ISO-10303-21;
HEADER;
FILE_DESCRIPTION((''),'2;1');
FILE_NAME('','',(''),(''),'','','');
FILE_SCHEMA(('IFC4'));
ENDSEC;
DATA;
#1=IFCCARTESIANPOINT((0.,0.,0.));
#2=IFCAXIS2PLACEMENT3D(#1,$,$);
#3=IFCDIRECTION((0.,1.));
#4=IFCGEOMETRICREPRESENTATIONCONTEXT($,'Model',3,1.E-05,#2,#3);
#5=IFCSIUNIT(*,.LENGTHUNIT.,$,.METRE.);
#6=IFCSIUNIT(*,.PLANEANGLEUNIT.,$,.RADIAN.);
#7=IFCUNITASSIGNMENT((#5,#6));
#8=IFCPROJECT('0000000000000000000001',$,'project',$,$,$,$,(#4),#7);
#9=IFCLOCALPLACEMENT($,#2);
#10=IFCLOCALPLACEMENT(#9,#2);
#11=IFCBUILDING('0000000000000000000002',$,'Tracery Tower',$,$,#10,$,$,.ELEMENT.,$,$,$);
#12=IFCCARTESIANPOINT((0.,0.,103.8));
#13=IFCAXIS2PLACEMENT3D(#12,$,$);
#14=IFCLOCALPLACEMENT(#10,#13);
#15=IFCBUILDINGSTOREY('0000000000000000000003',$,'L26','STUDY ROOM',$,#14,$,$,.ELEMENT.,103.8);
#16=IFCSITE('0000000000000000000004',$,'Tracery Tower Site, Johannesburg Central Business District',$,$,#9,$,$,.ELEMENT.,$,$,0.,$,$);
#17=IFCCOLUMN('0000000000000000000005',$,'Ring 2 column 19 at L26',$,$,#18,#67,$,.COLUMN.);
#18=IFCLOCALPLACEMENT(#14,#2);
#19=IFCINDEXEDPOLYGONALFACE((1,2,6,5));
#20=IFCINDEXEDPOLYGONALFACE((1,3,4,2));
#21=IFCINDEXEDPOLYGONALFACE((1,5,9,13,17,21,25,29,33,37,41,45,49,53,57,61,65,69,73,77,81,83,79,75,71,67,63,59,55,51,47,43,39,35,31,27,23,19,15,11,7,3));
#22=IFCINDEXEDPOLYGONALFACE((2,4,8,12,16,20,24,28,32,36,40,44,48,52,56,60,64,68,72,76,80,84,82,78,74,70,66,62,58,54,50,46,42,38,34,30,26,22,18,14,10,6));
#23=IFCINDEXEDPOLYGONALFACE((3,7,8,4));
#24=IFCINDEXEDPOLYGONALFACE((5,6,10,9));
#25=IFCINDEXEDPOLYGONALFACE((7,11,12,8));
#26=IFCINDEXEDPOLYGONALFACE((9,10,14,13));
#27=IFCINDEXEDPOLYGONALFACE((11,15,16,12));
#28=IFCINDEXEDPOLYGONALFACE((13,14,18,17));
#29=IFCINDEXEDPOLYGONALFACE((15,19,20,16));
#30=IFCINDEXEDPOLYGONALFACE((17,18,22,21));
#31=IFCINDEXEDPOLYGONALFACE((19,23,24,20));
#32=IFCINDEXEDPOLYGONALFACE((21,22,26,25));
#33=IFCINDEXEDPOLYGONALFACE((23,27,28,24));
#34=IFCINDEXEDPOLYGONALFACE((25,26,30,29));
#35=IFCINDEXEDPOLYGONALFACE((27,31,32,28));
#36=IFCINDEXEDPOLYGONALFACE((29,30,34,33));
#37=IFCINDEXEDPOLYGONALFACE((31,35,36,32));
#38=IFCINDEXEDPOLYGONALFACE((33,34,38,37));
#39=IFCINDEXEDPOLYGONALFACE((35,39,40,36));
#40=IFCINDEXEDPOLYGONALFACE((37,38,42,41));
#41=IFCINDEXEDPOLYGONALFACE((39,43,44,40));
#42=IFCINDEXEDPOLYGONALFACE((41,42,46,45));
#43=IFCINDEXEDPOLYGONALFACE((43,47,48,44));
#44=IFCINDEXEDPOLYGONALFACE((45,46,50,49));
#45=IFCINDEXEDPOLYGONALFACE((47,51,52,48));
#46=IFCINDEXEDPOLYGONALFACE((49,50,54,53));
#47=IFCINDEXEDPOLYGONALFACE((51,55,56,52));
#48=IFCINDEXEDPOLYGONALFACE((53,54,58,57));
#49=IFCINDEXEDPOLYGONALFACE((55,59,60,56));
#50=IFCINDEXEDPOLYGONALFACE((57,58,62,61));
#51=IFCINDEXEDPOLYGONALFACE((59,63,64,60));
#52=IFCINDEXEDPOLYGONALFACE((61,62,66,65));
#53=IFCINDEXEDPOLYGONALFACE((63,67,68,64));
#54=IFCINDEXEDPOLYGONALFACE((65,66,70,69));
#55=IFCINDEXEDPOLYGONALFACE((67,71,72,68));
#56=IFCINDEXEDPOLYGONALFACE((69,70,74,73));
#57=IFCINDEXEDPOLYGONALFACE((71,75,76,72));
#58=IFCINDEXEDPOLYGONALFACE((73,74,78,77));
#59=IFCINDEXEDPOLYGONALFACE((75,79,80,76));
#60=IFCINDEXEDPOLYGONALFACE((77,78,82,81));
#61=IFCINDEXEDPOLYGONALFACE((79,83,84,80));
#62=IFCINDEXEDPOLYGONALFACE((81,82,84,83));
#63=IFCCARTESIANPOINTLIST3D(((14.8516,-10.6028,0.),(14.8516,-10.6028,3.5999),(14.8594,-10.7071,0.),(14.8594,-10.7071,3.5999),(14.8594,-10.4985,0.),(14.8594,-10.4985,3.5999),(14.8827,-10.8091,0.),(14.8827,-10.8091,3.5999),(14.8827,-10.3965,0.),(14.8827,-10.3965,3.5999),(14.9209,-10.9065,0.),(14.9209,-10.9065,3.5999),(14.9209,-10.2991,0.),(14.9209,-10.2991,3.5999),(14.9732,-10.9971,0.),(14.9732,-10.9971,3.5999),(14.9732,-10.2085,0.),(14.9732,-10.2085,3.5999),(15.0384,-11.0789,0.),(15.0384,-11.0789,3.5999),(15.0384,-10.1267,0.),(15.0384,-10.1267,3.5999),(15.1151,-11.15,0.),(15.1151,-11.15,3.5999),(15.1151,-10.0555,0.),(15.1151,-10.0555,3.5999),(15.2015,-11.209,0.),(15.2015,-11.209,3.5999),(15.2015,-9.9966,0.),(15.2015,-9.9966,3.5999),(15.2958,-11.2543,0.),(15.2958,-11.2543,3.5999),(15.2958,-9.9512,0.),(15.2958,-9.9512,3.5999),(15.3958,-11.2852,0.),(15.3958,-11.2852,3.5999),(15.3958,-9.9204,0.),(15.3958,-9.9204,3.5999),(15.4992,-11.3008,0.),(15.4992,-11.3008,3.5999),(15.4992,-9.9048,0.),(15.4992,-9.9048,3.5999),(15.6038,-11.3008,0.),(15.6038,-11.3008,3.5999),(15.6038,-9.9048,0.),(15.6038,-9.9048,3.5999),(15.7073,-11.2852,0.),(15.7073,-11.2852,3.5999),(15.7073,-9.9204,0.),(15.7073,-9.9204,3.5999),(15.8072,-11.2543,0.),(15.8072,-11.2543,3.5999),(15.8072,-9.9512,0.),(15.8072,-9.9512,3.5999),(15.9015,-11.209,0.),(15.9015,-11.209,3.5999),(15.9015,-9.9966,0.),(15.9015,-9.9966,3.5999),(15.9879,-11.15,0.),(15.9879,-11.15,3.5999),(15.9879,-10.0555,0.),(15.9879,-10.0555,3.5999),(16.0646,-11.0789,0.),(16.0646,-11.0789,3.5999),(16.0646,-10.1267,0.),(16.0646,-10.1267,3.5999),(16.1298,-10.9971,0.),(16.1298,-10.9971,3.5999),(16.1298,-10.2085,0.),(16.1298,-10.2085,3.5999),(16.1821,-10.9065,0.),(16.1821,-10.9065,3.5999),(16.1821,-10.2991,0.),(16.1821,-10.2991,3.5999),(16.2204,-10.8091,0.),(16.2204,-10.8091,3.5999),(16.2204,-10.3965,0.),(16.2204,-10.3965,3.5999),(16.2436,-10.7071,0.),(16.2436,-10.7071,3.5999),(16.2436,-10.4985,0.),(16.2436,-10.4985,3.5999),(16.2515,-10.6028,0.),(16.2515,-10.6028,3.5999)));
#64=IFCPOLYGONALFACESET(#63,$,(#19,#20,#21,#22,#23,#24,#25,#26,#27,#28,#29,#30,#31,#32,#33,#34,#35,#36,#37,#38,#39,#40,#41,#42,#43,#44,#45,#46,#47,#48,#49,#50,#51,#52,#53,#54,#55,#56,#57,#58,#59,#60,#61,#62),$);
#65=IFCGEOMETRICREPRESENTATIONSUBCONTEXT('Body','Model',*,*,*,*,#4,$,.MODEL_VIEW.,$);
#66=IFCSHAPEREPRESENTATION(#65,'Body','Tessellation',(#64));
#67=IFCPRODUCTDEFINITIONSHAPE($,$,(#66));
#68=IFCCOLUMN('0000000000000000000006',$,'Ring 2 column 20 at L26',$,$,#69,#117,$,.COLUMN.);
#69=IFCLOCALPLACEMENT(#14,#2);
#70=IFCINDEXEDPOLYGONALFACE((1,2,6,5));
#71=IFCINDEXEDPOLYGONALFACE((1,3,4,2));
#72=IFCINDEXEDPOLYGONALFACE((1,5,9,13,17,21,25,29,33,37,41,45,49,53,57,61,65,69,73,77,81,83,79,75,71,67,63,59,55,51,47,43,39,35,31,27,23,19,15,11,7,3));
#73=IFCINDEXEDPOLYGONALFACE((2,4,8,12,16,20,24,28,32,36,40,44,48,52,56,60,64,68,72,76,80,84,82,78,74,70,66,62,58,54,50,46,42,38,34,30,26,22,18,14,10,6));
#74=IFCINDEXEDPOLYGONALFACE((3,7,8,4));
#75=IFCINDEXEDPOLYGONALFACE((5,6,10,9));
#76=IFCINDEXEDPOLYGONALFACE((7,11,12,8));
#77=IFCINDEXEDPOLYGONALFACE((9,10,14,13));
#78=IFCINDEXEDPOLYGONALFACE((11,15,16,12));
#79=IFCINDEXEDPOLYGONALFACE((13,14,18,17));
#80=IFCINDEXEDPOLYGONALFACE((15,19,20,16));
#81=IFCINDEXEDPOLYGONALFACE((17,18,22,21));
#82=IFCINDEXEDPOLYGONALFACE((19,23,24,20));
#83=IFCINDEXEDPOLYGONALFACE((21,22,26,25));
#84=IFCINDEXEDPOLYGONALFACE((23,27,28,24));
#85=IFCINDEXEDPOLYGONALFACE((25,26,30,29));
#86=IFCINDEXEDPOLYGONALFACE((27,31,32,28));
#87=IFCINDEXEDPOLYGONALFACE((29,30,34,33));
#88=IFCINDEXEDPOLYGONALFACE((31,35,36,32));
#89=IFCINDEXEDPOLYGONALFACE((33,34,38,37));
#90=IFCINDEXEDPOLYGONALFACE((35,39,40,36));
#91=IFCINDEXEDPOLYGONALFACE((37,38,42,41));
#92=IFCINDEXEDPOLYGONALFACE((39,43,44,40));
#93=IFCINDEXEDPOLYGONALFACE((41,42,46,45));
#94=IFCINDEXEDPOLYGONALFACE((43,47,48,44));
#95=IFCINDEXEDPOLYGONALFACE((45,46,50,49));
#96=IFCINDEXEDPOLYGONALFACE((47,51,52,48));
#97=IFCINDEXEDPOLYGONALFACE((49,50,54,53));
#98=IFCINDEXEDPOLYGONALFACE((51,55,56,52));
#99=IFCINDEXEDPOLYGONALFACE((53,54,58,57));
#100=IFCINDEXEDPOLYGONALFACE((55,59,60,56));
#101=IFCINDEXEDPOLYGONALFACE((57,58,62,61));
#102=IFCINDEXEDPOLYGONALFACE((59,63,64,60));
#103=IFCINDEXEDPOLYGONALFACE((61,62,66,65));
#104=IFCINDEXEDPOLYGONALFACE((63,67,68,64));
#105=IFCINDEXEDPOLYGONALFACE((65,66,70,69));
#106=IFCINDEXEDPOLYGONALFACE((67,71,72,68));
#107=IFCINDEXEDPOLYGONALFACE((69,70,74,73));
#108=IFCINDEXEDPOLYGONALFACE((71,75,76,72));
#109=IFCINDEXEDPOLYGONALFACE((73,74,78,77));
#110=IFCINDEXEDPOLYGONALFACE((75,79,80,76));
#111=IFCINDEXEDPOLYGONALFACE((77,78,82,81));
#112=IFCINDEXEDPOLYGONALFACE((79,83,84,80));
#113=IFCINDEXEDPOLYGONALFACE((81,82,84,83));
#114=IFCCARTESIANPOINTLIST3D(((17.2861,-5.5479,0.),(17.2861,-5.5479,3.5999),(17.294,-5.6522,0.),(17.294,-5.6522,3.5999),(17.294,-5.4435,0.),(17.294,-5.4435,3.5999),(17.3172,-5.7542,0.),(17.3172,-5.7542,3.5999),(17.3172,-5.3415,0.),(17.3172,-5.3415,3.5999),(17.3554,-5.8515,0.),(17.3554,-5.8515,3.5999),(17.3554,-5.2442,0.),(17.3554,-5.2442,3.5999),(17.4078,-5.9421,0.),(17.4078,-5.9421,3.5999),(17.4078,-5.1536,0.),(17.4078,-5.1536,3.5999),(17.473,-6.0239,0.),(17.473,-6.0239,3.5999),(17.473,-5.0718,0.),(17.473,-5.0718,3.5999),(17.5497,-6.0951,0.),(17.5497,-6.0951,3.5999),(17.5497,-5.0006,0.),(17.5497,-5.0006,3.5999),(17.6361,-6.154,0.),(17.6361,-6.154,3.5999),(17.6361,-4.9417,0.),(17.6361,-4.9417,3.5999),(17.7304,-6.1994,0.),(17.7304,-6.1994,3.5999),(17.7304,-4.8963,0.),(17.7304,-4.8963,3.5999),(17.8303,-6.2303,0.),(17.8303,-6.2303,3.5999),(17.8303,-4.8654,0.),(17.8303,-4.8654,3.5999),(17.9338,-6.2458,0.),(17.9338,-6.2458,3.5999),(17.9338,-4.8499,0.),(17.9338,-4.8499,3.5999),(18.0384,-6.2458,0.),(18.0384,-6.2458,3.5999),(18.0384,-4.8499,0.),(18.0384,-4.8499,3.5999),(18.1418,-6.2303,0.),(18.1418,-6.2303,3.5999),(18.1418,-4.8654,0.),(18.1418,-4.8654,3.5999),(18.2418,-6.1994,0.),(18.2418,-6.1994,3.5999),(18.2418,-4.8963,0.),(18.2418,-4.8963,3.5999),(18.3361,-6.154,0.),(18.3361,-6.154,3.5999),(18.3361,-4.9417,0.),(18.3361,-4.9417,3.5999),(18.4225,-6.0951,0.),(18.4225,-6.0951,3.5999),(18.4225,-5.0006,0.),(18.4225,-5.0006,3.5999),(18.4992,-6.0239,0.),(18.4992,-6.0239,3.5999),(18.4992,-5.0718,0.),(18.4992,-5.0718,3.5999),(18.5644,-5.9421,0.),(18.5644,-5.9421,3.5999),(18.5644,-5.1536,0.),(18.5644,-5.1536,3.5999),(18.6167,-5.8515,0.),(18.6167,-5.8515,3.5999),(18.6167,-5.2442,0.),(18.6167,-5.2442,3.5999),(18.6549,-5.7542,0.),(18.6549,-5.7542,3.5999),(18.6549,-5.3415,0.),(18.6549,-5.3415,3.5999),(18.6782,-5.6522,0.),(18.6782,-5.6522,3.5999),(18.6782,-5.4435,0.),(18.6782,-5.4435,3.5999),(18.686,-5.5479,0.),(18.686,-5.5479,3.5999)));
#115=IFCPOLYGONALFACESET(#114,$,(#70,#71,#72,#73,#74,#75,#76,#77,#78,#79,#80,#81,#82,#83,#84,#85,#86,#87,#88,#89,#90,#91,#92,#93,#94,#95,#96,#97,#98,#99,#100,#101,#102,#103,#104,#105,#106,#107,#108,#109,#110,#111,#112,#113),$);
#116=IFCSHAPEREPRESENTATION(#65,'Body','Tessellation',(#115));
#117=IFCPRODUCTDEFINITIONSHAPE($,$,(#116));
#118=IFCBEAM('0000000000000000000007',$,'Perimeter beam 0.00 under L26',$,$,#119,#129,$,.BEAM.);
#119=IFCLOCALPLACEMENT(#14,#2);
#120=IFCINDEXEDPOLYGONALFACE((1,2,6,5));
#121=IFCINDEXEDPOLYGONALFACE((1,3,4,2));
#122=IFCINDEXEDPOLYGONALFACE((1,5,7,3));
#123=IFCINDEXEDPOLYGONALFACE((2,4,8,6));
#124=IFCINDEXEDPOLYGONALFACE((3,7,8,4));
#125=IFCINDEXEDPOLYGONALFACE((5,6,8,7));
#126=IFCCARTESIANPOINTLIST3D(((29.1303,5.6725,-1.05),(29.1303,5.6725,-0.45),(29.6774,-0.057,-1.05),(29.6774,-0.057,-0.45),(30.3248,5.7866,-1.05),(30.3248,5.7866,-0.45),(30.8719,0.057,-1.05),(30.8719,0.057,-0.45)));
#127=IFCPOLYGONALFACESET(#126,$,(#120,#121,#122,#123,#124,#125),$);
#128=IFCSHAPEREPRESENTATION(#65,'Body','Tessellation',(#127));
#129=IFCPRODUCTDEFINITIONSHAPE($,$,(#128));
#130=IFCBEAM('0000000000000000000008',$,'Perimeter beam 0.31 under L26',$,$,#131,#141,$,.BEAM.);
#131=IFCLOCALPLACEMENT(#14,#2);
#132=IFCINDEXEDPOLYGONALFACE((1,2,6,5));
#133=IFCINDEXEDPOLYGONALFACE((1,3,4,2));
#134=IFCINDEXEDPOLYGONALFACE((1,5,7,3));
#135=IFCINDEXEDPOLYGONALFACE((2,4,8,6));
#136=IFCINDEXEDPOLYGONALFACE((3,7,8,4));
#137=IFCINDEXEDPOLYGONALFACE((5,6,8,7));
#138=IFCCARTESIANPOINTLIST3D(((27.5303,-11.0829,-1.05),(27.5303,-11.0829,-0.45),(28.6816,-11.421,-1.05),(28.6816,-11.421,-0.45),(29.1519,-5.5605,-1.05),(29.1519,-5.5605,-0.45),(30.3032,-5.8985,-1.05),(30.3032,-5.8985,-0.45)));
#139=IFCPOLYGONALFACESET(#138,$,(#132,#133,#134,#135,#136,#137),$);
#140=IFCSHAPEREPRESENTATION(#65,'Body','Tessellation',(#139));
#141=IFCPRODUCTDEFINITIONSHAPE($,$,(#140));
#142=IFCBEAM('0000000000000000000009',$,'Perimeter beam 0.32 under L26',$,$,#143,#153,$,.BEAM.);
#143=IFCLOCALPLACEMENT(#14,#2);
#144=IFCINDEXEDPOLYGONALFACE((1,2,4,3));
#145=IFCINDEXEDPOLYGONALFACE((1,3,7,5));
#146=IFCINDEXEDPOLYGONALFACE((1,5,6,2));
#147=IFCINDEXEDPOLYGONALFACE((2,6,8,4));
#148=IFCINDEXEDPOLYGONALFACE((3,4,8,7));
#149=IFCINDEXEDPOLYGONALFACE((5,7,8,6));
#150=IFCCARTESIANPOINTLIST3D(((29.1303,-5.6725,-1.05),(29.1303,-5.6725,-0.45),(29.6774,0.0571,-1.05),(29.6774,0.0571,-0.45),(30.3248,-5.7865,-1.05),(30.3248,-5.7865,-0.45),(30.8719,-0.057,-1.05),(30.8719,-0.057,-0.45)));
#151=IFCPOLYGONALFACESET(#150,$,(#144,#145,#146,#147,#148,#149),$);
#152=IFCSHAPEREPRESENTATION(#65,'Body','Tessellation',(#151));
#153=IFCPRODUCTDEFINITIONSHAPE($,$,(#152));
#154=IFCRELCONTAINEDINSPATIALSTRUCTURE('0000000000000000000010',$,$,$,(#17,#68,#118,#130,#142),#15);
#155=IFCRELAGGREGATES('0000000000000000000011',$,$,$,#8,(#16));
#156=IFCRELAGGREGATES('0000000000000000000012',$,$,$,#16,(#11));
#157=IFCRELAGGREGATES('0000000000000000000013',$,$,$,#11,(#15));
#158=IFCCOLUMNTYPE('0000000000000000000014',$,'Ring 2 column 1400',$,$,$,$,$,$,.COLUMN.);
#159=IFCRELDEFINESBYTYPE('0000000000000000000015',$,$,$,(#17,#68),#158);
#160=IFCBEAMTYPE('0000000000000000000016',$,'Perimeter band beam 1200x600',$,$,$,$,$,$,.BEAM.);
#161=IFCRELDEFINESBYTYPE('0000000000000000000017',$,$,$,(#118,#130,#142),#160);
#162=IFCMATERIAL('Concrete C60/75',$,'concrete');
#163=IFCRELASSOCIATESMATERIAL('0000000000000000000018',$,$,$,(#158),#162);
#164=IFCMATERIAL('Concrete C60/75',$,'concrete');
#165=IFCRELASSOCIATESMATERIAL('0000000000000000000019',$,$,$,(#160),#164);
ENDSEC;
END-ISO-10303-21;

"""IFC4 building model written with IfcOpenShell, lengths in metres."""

from ifc_helpers import new_model, si_unit, direction, frame, origin, origin_2d, place, context, subcontext, project, spatial, rectangle, circle, extrude, material, material_profile, profile_set, type_object, element, save


model = new_model("IFC4")

# Units and contexts
model_context = context("Model", 3, precision=1e-05, world=origin(), true_north=direction((0.0, 1.0)))
body_context = subcontext(model_context, "Body", "Model", "MODEL_VIEW")
ifc_project = project(units=[si_unit("LENGTHUNIT", "METRE"), si_unit("PLANEANGLEUNIT", "RADIAN")], contexts=[model_context])

# Site, building, storey
site_placement = place(None, origin())
site = spatial("IfcSite", under=ifc_project, at=site_placement, Name="Tracery Tower Site, Johannesburg Central Business District", CompositionType="ELEMENT", RefElevation=0.0)
building_placement = place(site_placement, origin())
building = spatial("IfcBuilding", under=site, at=building_placement, Name="Tracery Tower", CompositionType="ELEMENT")
storey_placement = place(building_placement, frame((0.0, 0.0, 103.8)))
storey = spatial("IfcBuildingStorey", under=building, at=storey_placement, Name="L26", Description="STUDY ROOM", CompositionType="ELEMENT", Elevation=103.8)

# Columns
ifc_material_1 = material(Name="Concrete C60/75", Category="concrete")
ifc_material_profile_1 = material_profile(ifc_material_1, circle(Radius=0.7, at=origin_2d()), Name="RC D1400")
ifc_profile_set_1 = profile_set([ifc_material_profile_1], Name="Concrete C60/75")
column_type_1 = type_object("IfcColumnType", Name="Ring 2 column 1400", PredefinedType="COLUMN", material=ifc_profile_set_1)
for number, where, z_axis, x_axis, name in (
    (1, (15.5515, -10.6028, 0.0), (0.0, 0.0, 1.0), (1.0, 0.0, 0.0), "Ring 2 column 19 at L26"),
    (2, (17.9861, -5.5479, 0.0), (0.0, 0.0, 1.0), (1.0, 0.0, 0.0), "Ring 2 column 20 at L26"),
):
    element("IfcColumn", number, at=place(storey_placement, frame(where, z_axis=z_axis, x_axis=x_axis)), inside=storey, type_object=column_type_1, Name=name, PredefinedType="COLUMN", context=body_context, shape_type="SweptSolid", body=[
        extrude(circle(Radius=0.7, at=origin_2d()), origin(), (0.0, 0.0, 1.0), 3.5999),
    ])

# Beams
ifc_material_2 = material(Name="Concrete C60/75", Category="concrete")
ifc_material_profile_2 = material_profile(ifc_material_2, rectangle(XDim=1.2, YDim=0.6001, at=origin_2d()), Name="RC 1200x600")
ifc_profile_set_2 = profile_set([ifc_material_profile_2], Name="Concrete C60/75")
beam_type = type_object("IfcBeamType", Name="Perimeter band beam 1200x600", PredefinedType="BEAM", material=ifc_profile_set_2)
for number, where, z_axis, x_axis, name in (
    (3, (30.2747, 0.0, -0.75), (-0.095059, 0.995472, 0.0), (-0.995472, -0.095059, 0.0), "Perimeter beam 0.00 under L26"),
    (4, (28.106, -11.252, -0.75), (0.281739, 0.959491, 0.0), (-0.959491, 0.281739, 0.0), "Perimeter beam 0.31 under L26"),
    (5, (29.7275, -5.7295, -0.75), (0.095059, 0.995472, 0.0), (-0.995472, 0.095059, 0.0), "Perimeter beam 0.32 under L26"),
):
    element("IfcBeam", number, at=place(storey_placement, frame(where, z_axis=z_axis, x_axis=x_axis)), inside=storey, type_object=beam_type, Name=name, PredefinedType="BEAM", context=body_context, shape_type="SweptSolid", body=[
        extrude(rectangle(XDim=1.2, YDim=0.6001, at=origin_2d()), origin(), (0.0, 0.0, 1.0), 5.7556),
    ])

save(model, "model.ifc")
